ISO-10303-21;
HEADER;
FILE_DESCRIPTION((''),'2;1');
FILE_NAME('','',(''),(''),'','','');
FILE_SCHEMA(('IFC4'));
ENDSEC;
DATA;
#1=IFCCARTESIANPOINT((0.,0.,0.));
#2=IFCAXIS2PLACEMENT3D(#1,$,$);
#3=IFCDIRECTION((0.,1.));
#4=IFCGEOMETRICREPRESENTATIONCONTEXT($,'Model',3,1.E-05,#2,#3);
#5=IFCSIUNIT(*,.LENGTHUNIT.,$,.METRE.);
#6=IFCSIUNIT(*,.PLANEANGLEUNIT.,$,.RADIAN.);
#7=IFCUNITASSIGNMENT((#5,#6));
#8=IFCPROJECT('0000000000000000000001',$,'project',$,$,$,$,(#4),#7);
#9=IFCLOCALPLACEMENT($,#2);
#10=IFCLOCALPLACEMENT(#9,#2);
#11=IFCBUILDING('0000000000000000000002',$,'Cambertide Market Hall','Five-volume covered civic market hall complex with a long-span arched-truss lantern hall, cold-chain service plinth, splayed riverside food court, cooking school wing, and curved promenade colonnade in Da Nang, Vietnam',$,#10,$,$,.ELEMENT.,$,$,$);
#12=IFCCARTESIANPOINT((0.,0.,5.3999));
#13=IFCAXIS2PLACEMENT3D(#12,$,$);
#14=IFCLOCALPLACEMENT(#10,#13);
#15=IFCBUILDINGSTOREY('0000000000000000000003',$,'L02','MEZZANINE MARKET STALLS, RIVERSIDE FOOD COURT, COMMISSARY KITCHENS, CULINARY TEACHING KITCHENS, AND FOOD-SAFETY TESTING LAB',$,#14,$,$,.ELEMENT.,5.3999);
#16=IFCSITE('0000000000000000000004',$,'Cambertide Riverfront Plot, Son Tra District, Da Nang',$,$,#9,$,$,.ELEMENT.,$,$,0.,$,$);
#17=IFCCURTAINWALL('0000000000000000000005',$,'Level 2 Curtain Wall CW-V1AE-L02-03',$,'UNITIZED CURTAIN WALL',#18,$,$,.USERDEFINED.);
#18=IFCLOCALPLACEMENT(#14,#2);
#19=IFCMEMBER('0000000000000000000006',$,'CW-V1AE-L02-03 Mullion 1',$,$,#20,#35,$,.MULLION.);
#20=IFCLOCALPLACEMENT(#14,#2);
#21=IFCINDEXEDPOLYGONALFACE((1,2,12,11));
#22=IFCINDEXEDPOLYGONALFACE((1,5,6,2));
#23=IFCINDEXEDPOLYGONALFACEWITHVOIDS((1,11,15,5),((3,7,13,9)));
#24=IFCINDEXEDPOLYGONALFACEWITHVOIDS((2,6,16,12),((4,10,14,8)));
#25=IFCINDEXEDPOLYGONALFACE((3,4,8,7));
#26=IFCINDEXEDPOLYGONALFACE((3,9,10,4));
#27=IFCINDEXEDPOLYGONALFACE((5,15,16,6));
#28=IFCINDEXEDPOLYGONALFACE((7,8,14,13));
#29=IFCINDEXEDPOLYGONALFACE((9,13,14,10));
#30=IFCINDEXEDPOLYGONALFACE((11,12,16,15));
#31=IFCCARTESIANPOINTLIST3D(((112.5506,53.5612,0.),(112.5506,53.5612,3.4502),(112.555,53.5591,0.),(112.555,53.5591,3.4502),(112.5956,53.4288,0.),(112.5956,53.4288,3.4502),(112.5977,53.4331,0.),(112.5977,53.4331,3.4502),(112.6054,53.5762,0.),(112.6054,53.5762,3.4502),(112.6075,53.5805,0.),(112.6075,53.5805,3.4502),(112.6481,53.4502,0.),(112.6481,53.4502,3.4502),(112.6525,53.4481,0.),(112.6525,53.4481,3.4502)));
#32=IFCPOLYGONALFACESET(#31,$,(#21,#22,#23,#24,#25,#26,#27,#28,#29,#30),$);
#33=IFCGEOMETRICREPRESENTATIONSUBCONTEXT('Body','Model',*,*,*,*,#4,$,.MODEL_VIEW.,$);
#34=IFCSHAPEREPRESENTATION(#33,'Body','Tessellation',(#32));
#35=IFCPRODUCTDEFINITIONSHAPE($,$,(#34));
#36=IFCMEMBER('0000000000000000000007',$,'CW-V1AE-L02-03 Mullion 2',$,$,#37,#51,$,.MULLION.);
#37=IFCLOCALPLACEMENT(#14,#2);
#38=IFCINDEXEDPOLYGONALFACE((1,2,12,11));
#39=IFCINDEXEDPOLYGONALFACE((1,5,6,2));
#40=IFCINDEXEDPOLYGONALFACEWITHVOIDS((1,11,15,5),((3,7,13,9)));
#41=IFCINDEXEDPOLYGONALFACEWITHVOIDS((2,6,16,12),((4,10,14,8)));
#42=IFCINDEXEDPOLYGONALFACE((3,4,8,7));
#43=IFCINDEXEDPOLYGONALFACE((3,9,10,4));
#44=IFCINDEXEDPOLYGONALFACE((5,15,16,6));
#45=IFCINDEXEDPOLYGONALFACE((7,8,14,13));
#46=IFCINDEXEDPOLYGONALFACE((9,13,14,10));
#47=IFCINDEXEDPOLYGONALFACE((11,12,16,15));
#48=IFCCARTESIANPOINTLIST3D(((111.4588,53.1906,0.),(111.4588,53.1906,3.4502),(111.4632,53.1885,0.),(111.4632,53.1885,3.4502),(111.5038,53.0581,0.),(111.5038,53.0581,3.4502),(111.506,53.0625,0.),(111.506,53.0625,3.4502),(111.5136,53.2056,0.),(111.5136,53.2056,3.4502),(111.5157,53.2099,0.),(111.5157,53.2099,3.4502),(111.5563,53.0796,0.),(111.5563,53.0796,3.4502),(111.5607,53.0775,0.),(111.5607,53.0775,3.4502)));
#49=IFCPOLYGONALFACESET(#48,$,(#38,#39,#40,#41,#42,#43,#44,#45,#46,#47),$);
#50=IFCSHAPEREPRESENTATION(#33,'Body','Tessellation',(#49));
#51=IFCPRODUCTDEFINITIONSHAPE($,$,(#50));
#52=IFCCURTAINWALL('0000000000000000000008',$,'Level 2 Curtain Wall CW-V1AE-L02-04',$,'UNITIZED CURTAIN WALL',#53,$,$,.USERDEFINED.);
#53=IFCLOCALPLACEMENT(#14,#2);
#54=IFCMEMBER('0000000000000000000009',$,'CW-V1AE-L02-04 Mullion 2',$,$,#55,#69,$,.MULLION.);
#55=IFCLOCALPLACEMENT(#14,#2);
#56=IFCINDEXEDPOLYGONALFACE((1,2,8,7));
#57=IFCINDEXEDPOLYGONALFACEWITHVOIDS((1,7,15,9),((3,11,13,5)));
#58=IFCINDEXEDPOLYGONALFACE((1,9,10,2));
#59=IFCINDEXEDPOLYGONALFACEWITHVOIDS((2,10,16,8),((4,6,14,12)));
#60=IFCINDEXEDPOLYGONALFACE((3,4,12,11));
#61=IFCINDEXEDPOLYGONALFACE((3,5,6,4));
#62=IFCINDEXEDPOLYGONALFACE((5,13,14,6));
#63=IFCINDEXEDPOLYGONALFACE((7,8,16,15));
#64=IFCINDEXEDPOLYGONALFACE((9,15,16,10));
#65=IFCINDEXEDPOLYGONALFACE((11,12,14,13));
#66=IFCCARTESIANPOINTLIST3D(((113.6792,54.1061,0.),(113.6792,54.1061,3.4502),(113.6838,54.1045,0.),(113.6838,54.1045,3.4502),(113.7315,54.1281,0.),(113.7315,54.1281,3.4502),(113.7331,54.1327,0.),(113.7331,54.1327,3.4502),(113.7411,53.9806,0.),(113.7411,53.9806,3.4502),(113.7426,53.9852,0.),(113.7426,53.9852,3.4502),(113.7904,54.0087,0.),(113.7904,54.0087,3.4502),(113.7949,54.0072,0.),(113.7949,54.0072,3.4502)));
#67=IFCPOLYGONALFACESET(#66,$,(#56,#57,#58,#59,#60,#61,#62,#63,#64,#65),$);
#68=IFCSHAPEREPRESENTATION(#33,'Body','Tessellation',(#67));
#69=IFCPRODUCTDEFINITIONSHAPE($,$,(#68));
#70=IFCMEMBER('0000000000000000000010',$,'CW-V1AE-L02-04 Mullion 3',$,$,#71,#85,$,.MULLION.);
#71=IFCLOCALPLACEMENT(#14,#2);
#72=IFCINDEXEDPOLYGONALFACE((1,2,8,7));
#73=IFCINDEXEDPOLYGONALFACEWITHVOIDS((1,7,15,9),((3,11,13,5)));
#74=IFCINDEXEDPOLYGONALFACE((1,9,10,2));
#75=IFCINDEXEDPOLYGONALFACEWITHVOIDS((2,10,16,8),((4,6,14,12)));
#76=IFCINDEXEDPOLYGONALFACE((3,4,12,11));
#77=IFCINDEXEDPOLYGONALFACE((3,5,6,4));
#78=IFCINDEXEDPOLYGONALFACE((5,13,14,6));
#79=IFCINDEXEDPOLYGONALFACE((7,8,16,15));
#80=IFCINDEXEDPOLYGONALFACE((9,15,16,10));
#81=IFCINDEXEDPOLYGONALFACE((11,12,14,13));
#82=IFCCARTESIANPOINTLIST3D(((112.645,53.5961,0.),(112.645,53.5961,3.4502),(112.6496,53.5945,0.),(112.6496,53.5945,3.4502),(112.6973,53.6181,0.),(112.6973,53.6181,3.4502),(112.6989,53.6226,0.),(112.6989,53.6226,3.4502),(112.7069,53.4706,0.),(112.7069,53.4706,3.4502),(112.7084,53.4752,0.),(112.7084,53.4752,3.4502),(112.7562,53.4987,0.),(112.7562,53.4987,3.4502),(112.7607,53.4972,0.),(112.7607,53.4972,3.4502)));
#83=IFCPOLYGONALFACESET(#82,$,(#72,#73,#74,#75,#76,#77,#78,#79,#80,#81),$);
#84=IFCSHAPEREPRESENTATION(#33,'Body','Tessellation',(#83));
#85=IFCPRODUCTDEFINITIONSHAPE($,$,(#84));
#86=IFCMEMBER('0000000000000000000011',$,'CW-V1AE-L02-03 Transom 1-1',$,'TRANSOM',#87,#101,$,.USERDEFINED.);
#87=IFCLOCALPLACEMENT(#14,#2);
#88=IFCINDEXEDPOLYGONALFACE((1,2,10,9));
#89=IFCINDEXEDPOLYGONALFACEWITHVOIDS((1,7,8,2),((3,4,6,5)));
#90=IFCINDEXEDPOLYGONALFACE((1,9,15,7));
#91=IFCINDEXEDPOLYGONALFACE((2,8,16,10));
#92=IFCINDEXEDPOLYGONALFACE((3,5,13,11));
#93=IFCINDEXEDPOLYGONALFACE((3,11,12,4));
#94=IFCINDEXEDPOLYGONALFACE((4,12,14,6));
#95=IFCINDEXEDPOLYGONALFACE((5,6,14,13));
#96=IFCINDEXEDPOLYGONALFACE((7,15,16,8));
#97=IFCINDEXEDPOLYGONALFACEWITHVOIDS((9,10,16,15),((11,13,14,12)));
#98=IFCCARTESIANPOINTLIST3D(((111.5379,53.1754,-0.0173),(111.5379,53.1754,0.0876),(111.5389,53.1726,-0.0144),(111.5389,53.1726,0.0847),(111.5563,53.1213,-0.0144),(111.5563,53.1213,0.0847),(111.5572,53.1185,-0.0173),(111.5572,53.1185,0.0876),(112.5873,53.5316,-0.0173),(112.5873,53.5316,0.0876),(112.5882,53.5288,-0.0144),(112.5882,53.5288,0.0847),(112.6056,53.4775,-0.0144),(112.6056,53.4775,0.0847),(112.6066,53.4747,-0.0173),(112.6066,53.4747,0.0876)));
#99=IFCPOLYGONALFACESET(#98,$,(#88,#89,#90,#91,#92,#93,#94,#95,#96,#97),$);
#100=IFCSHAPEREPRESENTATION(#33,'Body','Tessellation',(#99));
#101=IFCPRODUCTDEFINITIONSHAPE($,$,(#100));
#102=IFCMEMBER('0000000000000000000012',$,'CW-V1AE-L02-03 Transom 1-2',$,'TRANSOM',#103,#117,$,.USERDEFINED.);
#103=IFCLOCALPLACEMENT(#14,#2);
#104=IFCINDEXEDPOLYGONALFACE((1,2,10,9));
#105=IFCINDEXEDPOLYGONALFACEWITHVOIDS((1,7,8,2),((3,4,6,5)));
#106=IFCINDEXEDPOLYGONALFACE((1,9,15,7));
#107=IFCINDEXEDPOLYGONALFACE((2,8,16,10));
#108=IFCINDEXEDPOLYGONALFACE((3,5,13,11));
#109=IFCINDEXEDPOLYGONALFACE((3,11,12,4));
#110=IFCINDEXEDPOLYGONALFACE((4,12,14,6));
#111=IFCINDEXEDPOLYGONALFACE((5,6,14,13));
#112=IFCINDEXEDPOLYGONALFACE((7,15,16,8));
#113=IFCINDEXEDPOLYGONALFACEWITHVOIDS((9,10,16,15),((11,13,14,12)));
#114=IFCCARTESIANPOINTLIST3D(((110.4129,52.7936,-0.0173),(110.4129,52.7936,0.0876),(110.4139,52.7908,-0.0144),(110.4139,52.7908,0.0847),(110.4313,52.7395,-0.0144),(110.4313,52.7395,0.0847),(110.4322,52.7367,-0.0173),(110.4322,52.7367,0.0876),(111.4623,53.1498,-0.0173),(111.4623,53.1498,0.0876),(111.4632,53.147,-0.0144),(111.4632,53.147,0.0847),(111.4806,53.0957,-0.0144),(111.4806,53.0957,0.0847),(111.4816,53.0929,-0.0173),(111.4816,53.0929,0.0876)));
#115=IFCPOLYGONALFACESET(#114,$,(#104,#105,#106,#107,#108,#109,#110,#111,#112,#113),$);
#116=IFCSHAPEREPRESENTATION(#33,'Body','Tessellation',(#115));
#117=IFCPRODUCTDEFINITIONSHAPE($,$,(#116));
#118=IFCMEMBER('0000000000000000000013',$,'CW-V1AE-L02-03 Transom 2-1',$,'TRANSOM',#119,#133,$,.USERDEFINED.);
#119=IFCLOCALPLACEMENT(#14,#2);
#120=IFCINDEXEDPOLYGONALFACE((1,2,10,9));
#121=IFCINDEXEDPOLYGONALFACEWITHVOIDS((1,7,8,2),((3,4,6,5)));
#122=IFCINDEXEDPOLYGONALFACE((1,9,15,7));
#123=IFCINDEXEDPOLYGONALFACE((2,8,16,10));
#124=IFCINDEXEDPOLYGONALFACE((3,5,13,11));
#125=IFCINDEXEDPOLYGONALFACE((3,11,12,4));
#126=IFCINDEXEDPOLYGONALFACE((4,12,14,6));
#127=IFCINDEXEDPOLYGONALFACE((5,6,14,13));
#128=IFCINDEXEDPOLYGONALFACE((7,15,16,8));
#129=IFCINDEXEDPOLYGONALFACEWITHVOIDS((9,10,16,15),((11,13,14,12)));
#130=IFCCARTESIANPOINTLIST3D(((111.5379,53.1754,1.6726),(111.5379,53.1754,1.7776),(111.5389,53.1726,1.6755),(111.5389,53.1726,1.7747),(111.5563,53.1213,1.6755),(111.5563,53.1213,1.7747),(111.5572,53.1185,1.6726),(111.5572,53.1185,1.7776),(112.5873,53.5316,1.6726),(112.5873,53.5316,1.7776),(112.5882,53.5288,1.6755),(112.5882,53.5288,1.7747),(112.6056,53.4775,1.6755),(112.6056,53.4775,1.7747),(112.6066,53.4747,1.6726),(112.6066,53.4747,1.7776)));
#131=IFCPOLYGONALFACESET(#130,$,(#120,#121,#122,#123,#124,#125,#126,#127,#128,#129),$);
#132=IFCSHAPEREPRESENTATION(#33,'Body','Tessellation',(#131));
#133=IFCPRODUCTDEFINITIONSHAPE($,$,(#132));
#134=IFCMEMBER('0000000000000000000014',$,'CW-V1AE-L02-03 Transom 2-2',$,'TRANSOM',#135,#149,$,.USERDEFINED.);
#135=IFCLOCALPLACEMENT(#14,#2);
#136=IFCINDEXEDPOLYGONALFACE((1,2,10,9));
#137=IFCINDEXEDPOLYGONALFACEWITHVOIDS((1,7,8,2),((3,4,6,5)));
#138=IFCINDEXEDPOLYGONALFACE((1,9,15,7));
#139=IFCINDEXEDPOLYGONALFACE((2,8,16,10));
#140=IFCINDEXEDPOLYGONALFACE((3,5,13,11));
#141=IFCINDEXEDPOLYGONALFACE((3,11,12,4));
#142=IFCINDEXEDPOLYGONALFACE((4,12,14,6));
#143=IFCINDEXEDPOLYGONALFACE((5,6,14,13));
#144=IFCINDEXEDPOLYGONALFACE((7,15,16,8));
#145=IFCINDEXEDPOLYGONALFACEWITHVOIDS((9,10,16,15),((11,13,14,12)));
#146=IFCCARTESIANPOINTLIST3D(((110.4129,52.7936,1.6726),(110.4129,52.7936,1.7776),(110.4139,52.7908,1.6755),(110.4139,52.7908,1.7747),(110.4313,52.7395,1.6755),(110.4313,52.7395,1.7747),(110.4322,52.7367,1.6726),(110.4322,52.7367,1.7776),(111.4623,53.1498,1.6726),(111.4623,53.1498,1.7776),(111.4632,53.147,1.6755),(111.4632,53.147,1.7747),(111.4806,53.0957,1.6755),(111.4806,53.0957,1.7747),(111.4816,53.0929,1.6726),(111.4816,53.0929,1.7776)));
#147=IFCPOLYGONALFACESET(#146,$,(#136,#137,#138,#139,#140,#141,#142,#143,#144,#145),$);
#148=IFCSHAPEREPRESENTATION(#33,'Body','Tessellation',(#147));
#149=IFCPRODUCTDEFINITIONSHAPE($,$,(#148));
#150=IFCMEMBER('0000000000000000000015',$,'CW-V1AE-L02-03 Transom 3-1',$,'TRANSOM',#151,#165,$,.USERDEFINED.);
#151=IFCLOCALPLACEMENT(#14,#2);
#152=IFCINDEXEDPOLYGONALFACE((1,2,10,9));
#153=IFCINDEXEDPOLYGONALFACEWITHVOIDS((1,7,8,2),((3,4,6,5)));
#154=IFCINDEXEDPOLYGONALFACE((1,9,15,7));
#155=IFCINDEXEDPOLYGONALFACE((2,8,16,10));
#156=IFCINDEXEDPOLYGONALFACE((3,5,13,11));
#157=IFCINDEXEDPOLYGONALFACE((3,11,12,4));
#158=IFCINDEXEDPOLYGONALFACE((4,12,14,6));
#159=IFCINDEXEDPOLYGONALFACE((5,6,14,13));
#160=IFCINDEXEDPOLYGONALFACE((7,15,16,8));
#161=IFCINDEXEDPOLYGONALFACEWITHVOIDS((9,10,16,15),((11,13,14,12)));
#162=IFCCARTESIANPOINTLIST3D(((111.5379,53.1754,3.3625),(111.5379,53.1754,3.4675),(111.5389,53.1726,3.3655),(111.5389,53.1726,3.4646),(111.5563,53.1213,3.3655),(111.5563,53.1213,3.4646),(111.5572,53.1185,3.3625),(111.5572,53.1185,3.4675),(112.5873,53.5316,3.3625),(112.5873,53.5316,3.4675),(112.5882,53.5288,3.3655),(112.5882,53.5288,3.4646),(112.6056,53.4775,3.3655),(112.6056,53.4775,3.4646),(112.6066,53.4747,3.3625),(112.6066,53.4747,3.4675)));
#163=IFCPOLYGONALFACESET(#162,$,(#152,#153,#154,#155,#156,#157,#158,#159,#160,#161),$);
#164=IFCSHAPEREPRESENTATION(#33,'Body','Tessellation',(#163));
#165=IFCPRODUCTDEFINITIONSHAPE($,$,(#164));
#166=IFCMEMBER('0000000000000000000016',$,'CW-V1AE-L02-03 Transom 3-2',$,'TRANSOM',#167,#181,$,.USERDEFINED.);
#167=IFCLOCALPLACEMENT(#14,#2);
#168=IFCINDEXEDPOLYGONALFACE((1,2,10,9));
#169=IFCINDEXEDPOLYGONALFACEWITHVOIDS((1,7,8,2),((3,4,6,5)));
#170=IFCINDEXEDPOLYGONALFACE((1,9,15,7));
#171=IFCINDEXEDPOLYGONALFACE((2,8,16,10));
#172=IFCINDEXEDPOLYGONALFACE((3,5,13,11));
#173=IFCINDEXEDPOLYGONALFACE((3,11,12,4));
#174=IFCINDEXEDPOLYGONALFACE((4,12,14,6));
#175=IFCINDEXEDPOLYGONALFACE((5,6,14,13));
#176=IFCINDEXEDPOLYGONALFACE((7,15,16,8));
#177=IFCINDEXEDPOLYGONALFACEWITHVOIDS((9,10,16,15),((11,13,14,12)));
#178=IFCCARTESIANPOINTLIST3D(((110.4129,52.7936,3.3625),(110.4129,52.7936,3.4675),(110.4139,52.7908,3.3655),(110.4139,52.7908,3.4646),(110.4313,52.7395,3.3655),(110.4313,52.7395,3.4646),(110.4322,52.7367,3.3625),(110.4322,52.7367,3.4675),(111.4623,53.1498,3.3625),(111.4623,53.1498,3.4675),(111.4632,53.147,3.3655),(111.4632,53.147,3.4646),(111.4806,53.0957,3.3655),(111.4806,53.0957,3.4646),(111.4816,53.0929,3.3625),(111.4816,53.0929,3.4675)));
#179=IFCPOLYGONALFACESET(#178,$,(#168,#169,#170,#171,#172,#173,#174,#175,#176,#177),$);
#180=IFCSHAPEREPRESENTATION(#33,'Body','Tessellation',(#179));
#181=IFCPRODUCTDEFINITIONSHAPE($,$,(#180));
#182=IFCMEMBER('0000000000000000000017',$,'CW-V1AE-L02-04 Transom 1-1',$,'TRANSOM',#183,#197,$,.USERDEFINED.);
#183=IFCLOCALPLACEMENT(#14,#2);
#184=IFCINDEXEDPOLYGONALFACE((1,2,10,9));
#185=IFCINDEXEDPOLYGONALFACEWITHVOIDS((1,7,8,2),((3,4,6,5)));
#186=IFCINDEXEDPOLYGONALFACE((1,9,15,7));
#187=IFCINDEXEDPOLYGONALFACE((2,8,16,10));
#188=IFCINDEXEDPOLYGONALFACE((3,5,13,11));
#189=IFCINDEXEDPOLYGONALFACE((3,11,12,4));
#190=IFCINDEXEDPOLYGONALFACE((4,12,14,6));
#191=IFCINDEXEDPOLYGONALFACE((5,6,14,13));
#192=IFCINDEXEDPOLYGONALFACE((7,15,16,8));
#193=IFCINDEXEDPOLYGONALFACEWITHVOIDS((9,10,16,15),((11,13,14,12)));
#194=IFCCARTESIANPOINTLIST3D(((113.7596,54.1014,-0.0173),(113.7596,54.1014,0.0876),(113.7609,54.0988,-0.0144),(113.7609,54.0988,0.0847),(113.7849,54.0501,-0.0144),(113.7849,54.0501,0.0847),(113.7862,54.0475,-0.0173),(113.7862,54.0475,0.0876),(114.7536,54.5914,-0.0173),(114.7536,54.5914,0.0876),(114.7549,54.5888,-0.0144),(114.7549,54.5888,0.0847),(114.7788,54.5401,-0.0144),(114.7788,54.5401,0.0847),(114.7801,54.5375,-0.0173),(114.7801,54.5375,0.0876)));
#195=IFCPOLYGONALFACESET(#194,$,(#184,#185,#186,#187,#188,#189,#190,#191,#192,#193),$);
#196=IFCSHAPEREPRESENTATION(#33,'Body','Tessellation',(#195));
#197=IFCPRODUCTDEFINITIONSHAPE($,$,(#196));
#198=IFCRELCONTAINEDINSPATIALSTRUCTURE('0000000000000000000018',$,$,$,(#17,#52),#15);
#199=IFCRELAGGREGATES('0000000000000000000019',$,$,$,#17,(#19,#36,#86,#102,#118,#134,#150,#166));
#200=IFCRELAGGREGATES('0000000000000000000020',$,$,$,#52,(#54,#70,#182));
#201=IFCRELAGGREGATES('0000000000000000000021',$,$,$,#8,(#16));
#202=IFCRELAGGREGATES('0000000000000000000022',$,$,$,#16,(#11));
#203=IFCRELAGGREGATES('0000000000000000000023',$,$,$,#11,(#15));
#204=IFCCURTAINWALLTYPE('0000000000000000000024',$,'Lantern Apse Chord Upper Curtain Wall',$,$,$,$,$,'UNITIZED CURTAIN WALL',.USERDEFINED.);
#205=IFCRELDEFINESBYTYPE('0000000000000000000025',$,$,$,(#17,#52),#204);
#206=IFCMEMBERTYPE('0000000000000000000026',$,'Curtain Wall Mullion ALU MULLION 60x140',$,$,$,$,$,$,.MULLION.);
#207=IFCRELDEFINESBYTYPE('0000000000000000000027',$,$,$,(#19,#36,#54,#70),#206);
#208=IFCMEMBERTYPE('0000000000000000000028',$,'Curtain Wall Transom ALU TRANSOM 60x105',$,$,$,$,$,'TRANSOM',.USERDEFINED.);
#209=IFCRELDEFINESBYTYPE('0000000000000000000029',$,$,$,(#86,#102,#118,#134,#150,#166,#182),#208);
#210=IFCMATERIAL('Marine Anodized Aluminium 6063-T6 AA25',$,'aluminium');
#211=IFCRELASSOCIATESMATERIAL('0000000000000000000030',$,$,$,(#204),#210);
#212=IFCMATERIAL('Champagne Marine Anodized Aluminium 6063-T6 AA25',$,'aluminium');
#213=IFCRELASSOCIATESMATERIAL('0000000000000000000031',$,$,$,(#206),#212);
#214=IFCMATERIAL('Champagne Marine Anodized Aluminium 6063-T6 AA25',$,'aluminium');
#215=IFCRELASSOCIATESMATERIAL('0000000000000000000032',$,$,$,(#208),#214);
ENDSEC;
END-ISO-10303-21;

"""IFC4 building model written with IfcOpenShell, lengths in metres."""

from ifc_helpers import new_model, si_unit, direction, frame, origin, origin_2d, place, context, subcontext, project, spatial, hollow_rectangle, extrude, material, material_profile, profile_set, type_object, element, aggregate, save


model = new_model("IFC4")

# Units and contexts
model_context = context("Model", 3, precision=1e-05, world=origin(), true_north=direction((0.0, 1.0)))
body_context = subcontext(model_context, "Body", "Model", "MODEL_VIEW")
ifc_project = project(units=[si_unit("LENGTHUNIT", "METRE"), si_unit("PLANEANGLEUNIT", "RADIAN")], contexts=[model_context])

# Site, building, storey
site_placement = place(None, origin())
site = spatial("IfcSite", under=ifc_project, at=site_placement, Name="Cambertide Riverfront Plot, Son Tra District, Da Nang", CompositionType="ELEMENT", RefElevation=0.0)
building_placement = place(site_placement, origin())
building = spatial("IfcBuilding", under=site, at=building_placement, Name="Cambertide Market Hall", Description="Five-volume covered civic market hall complex with a long-span arched-truss lantern hall, cold-chain service plinth, splayed riverside food court, cooking school wing, and curved promenade colonnade in Da Nang, Vietnam", CompositionType="ELEMENT")
storey_placement = place(building_placement, frame((0.0, 0.0, 5.3999)))
storey = spatial("IfcBuildingStorey", under=building, at=storey_placement, Name="L02", Description="MEZZANINE MARKET STALLS, RIVERSIDE FOOD COURT, COMMISSARY KITCHENS, CULINARY TEACHING KITCHENS, AND FOOD-SAFETY TESTING LAB", CompositionType="ELEMENT", Elevation=5.3999)

# Curtain walls, members
ifc_material_1 = material(Name="Marine Anodized Aluminium 6063-T6 AA25", Category="aluminium")
curtain_wall_type = type_object("IfcCurtainWallType", Name="Lantern Apse Chord Upper Curtain Wall", ElementType="UNITIZED CURTAIN WALL", PredefinedType="USERDEFINED", material=ifc_material_1)
curtain_wall_1_placement = place(storey_placement, origin())
curtain_wall_1 = element("IfcCurtainWall", 1, at=curtain_wall_1_placement, inside=storey, type_object=curtain_wall_type, Name="Level 2 Curtain Wall CW-V1AE-L02-03", ObjectType="UNITIZED CURTAIN WALL", PredefinedType="USERDEFINED")
ifc_material_2 = material(Name="Champagne Marine Anodized Aluminium 6063-T6 AA25", Category="aluminium")
ifc_material_profile_1 = material_profile(ifc_material_2, hollow_rectangle(XDim=0.0601, YDim=0.1399, WallThickness=0.0034, at=origin_2d()), Name="ALU MULLION 60x140")
ifc_profile_set_1 = profile_set([ifc_material_profile_1], Name="Champagne Marine Anodized Aluminium 6063-T6 AA25")
member_type_1 = type_object("IfcMemberType", Name="Curtain Wall Mullion ALU MULLION 60x140", PredefinedType="MULLION", material=ifc_profile_set_1)
member_1_placement = place(storey_placement, frame((112.6016, 53.5046, 0.0), z_axis=(0.0, 0.0, 1.0), x_axis=(-0.94693, -0.321439, 0.0)))
member_1 = element("IfcMember", 2, at=member_1_placement, type_object=member_type_1, Name="CW-V1AE-L02-03 Mullion 1", PredefinedType="MULLION", context=body_context, shape_type="SweptSolid", body=[
    extrude(hollow_rectangle(XDim=0.0601, YDim=0.1399, WallThickness=0.0034, at=origin_2d()), origin(), (0.0, 0.0, 1.0), 3.4502),
])
member_2_placement = place(storey_placement, frame((111.5098, 53.134, 0.0), z_axis=(0.0, 0.0, 1.0), x_axis=(-0.94693, -0.321439, 0.0)))
member_2 = element("IfcMember", 3, at=member_2_placement, type_object=member_type_1, Name="CW-V1AE-L02-03 Mullion 2", PredefinedType="MULLION", context=body_context, shape_type="SweptSolid", body=[
    extrude(hollow_rectangle(XDim=0.0601, YDim=0.1399, WallThickness=0.0034, at=origin_2d()), origin(), (0.0, 0.0, 1.0), 3.4502),
])
curtain_wall_2_placement = place(storey_placement, origin())
curtain_wall_2 = element("IfcCurtainWall", 4, at=curtain_wall_2_placement, inside=storey, type_object=curtain_wall_type, Name="Level 2 Curtain Wall CW-V1AE-L02-04", ObjectType="UNITIZED CURTAIN WALL", PredefinedType="USERDEFINED")
member_3_placement = place(storey_placement, frame((113.7371, 54.0566, 0.0), z_axis=(0.0, 0.0, 1.0), x_axis=(-0.896873, -0.442289, 0.0)))
member_3 = element("IfcMember", 5, at=member_3_placement, type_object=member_type_1, Name="CW-V1AE-L02-04 Mullion 2", PredefinedType="MULLION", context=body_context, shape_type="SweptSolid", body=[
    extrude(hollow_rectangle(XDim=0.0601, YDim=0.1399, WallThickness=0.0034, at=origin_2d()), origin(), (0.0, 0.0, 1.0), 3.4502),
])
member_4_placement = place(storey_placement, frame((112.7029, 53.5466, 0.0), z_axis=(0.0, 0.0, 1.0), x_axis=(-0.896873, -0.442289, 0.0)))
member_4 = element("IfcMember", 6, at=member_4_placement, type_object=member_type_1, Name="CW-V1AE-L02-04 Mullion 3", PredefinedType="MULLION", context=body_context, shape_type="SweptSolid", body=[
    extrude(hollow_rectangle(XDim=0.0601, YDim=0.1399, WallThickness=0.0034, at=origin_2d()), origin(), (0.0, 0.0, 1.0), 3.4502),
])

# Members
ifc_material_3 = material(Name="Champagne Marine Anodized Aluminium 6063-T6 AA25", Category="aluminium")
ifc_material_profile_2 = material_profile(ifc_material_3, hollow_rectangle(XDim=0.0601, YDim=0.105, WallThickness=0.0029, at=origin_2d()), Name="ALU TRANSOM 60x105")
ifc_profile_set_2 = profile_set([ifc_material_profile_2], Name="Champagne Marine Anodized Aluminium 6063-T6 AA25")
member_type_2 = type_object("IfcMemberType", Name="Curtain Wall Transom ALU TRANSOM 60x105", ElementType="TRANSOM", PredefinedType="USERDEFINED", material=ifc_profile_set_2)
member_5_placement = place(storey_placement, frame((112.5969, 53.5032, 0.0352), z_axis=(-0.946928, -0.321445, 0.0), x_axis=(0.321445, -0.946928, 0.0)))
member_5 = element("IfcMember", 7, at=member_5_placement, type_object=member_type_2, Name="CW-V1AE-L02-03 Transom 1-1", ObjectType="TRANSOM", PredefinedType="USERDEFINED", context=body_context, shape_type="SweptSolid", body=[
    extrude(hollow_rectangle(XDim=0.0601, YDim=0.105, WallThickness=0.0029, at=origin_2d()), origin(), (0.0, 0.0, 1.0), 1.1082),
])
member_6_placement = place(storey_placement, frame((111.4719, 53.1213, 0.0352), z_axis=(-0.946928, -0.321445, 0.0), x_axis=(0.321445, -0.946928, 0.0)))
member_6 = element("IfcMember", 8, at=member_6_placement, type_object=member_type_2, Name="CW-V1AE-L02-03 Transom 1-2", ObjectType="TRANSOM", PredefinedType="USERDEFINED", context=body_context, shape_type="SweptSolid", body=[
    extrude(hollow_rectangle(XDim=0.0601, YDim=0.105, WallThickness=0.0029, at=origin_2d()), origin(), (0.0, 0.0, 1.0), 1.1082),
])
member_7_placement = place(storey_placement, frame((112.5969, 53.5032, 1.7251), z_axis=(-0.946928, -0.321445, 0.0), x_axis=(0.321445, -0.946928, 0.0)))
member_7 = element("IfcMember", 9, at=member_7_placement, type_object=member_type_2, Name="CW-V1AE-L02-03 Transom 2-1", ObjectType="TRANSOM", PredefinedType="USERDEFINED", context=body_context, shape_type="SweptSolid", body=[
    extrude(hollow_rectangle(XDim=0.0601, YDim=0.105, WallThickness=0.0029, at=origin_2d()), origin(), (0.0, 0.0, 1.0), 1.1082),
])
member_8_placement = place(storey_placement, frame((111.4719, 53.1213, 1.7251), z_axis=(-0.946928, -0.321445, 0.0), x_axis=(0.321445, -0.946928, 0.0)))
member_8 = element("IfcMember", 10, at=member_8_placement, type_object=member_type_2, Name="CW-V1AE-L02-03 Transom 2-2", ObjectType="TRANSOM", PredefinedType="USERDEFINED", context=body_context, shape_type="SweptSolid", body=[
    extrude(hollow_rectangle(XDim=0.0601, YDim=0.105, WallThickness=0.0029, at=origin_2d()), origin(), (0.0, 0.0, 1.0), 1.1082),
])
member_9_placement = place(storey_placement, frame((112.5969, 53.5032, 3.415), z_axis=(-0.946928, -0.321445, 0.0), x_axis=(0.321445, -0.946928, 0.0)))
member_9 = element("IfcMember", 11, at=member_9_placement, type_object=member_type_2, Name="CW-V1AE-L02-03 Transom 3-1", ObjectType="TRANSOM", PredefinedType="USERDEFINED", context=body_context, shape_type="SweptSolid", body=[
    extrude(hollow_rectangle(XDim=0.0601, YDim=0.105, WallThickness=0.0029, at=origin_2d()), origin(), (0.0, 0.0, 1.0), 1.1082),
])
member_10_placement = place(storey_placement, frame((111.4719, 53.1213, 3.415), z_axis=(-0.946928, -0.321445, 0.0), x_axis=(0.321445, -0.946928, 0.0)))
member_10 = element("IfcMember", 12, at=member_10_placement, type_object=member_type_2, Name="CW-V1AE-L02-03 Transom 3-2", ObjectType="TRANSOM", PredefinedType="USERDEFINED", context=body_context, shape_type="SweptSolid", body=[
    extrude(hollow_rectangle(XDim=0.0601, YDim=0.105, WallThickness=0.0029, at=origin_2d()), origin(), (0.0, 0.0, 1.0), 1.1082),
])
member_11_placement = place(storey_placement, frame((114.7668, 54.5645, 0.0352), z_axis=(-0.896925, -0.442183, 0.0), x_axis=(0.442183, -0.896925, 0.0)))
member_11 = element("IfcMember", 13, at=member_11_placement, type_object=member_type_2, Name="CW-V1AE-L02-04 Transom 1-1", ObjectType="TRANSOM", PredefinedType="USERDEFINED", context=body_context, shape_type="SweptSolid", body=[
    extrude(hollow_rectangle(XDim=0.0601, YDim=0.105, WallThickness=0.0029, at=origin_2d()), origin(), (0.0, 0.0, 1.0), 1.1082),
])

aggregate(curtain_wall_1, [member_1, member_2, member_5, member_6, member_7, member_8, member_9, member_10])
aggregate(curtain_wall_2, [member_3, member_4, member_11])

save(model, "model.ifc")
